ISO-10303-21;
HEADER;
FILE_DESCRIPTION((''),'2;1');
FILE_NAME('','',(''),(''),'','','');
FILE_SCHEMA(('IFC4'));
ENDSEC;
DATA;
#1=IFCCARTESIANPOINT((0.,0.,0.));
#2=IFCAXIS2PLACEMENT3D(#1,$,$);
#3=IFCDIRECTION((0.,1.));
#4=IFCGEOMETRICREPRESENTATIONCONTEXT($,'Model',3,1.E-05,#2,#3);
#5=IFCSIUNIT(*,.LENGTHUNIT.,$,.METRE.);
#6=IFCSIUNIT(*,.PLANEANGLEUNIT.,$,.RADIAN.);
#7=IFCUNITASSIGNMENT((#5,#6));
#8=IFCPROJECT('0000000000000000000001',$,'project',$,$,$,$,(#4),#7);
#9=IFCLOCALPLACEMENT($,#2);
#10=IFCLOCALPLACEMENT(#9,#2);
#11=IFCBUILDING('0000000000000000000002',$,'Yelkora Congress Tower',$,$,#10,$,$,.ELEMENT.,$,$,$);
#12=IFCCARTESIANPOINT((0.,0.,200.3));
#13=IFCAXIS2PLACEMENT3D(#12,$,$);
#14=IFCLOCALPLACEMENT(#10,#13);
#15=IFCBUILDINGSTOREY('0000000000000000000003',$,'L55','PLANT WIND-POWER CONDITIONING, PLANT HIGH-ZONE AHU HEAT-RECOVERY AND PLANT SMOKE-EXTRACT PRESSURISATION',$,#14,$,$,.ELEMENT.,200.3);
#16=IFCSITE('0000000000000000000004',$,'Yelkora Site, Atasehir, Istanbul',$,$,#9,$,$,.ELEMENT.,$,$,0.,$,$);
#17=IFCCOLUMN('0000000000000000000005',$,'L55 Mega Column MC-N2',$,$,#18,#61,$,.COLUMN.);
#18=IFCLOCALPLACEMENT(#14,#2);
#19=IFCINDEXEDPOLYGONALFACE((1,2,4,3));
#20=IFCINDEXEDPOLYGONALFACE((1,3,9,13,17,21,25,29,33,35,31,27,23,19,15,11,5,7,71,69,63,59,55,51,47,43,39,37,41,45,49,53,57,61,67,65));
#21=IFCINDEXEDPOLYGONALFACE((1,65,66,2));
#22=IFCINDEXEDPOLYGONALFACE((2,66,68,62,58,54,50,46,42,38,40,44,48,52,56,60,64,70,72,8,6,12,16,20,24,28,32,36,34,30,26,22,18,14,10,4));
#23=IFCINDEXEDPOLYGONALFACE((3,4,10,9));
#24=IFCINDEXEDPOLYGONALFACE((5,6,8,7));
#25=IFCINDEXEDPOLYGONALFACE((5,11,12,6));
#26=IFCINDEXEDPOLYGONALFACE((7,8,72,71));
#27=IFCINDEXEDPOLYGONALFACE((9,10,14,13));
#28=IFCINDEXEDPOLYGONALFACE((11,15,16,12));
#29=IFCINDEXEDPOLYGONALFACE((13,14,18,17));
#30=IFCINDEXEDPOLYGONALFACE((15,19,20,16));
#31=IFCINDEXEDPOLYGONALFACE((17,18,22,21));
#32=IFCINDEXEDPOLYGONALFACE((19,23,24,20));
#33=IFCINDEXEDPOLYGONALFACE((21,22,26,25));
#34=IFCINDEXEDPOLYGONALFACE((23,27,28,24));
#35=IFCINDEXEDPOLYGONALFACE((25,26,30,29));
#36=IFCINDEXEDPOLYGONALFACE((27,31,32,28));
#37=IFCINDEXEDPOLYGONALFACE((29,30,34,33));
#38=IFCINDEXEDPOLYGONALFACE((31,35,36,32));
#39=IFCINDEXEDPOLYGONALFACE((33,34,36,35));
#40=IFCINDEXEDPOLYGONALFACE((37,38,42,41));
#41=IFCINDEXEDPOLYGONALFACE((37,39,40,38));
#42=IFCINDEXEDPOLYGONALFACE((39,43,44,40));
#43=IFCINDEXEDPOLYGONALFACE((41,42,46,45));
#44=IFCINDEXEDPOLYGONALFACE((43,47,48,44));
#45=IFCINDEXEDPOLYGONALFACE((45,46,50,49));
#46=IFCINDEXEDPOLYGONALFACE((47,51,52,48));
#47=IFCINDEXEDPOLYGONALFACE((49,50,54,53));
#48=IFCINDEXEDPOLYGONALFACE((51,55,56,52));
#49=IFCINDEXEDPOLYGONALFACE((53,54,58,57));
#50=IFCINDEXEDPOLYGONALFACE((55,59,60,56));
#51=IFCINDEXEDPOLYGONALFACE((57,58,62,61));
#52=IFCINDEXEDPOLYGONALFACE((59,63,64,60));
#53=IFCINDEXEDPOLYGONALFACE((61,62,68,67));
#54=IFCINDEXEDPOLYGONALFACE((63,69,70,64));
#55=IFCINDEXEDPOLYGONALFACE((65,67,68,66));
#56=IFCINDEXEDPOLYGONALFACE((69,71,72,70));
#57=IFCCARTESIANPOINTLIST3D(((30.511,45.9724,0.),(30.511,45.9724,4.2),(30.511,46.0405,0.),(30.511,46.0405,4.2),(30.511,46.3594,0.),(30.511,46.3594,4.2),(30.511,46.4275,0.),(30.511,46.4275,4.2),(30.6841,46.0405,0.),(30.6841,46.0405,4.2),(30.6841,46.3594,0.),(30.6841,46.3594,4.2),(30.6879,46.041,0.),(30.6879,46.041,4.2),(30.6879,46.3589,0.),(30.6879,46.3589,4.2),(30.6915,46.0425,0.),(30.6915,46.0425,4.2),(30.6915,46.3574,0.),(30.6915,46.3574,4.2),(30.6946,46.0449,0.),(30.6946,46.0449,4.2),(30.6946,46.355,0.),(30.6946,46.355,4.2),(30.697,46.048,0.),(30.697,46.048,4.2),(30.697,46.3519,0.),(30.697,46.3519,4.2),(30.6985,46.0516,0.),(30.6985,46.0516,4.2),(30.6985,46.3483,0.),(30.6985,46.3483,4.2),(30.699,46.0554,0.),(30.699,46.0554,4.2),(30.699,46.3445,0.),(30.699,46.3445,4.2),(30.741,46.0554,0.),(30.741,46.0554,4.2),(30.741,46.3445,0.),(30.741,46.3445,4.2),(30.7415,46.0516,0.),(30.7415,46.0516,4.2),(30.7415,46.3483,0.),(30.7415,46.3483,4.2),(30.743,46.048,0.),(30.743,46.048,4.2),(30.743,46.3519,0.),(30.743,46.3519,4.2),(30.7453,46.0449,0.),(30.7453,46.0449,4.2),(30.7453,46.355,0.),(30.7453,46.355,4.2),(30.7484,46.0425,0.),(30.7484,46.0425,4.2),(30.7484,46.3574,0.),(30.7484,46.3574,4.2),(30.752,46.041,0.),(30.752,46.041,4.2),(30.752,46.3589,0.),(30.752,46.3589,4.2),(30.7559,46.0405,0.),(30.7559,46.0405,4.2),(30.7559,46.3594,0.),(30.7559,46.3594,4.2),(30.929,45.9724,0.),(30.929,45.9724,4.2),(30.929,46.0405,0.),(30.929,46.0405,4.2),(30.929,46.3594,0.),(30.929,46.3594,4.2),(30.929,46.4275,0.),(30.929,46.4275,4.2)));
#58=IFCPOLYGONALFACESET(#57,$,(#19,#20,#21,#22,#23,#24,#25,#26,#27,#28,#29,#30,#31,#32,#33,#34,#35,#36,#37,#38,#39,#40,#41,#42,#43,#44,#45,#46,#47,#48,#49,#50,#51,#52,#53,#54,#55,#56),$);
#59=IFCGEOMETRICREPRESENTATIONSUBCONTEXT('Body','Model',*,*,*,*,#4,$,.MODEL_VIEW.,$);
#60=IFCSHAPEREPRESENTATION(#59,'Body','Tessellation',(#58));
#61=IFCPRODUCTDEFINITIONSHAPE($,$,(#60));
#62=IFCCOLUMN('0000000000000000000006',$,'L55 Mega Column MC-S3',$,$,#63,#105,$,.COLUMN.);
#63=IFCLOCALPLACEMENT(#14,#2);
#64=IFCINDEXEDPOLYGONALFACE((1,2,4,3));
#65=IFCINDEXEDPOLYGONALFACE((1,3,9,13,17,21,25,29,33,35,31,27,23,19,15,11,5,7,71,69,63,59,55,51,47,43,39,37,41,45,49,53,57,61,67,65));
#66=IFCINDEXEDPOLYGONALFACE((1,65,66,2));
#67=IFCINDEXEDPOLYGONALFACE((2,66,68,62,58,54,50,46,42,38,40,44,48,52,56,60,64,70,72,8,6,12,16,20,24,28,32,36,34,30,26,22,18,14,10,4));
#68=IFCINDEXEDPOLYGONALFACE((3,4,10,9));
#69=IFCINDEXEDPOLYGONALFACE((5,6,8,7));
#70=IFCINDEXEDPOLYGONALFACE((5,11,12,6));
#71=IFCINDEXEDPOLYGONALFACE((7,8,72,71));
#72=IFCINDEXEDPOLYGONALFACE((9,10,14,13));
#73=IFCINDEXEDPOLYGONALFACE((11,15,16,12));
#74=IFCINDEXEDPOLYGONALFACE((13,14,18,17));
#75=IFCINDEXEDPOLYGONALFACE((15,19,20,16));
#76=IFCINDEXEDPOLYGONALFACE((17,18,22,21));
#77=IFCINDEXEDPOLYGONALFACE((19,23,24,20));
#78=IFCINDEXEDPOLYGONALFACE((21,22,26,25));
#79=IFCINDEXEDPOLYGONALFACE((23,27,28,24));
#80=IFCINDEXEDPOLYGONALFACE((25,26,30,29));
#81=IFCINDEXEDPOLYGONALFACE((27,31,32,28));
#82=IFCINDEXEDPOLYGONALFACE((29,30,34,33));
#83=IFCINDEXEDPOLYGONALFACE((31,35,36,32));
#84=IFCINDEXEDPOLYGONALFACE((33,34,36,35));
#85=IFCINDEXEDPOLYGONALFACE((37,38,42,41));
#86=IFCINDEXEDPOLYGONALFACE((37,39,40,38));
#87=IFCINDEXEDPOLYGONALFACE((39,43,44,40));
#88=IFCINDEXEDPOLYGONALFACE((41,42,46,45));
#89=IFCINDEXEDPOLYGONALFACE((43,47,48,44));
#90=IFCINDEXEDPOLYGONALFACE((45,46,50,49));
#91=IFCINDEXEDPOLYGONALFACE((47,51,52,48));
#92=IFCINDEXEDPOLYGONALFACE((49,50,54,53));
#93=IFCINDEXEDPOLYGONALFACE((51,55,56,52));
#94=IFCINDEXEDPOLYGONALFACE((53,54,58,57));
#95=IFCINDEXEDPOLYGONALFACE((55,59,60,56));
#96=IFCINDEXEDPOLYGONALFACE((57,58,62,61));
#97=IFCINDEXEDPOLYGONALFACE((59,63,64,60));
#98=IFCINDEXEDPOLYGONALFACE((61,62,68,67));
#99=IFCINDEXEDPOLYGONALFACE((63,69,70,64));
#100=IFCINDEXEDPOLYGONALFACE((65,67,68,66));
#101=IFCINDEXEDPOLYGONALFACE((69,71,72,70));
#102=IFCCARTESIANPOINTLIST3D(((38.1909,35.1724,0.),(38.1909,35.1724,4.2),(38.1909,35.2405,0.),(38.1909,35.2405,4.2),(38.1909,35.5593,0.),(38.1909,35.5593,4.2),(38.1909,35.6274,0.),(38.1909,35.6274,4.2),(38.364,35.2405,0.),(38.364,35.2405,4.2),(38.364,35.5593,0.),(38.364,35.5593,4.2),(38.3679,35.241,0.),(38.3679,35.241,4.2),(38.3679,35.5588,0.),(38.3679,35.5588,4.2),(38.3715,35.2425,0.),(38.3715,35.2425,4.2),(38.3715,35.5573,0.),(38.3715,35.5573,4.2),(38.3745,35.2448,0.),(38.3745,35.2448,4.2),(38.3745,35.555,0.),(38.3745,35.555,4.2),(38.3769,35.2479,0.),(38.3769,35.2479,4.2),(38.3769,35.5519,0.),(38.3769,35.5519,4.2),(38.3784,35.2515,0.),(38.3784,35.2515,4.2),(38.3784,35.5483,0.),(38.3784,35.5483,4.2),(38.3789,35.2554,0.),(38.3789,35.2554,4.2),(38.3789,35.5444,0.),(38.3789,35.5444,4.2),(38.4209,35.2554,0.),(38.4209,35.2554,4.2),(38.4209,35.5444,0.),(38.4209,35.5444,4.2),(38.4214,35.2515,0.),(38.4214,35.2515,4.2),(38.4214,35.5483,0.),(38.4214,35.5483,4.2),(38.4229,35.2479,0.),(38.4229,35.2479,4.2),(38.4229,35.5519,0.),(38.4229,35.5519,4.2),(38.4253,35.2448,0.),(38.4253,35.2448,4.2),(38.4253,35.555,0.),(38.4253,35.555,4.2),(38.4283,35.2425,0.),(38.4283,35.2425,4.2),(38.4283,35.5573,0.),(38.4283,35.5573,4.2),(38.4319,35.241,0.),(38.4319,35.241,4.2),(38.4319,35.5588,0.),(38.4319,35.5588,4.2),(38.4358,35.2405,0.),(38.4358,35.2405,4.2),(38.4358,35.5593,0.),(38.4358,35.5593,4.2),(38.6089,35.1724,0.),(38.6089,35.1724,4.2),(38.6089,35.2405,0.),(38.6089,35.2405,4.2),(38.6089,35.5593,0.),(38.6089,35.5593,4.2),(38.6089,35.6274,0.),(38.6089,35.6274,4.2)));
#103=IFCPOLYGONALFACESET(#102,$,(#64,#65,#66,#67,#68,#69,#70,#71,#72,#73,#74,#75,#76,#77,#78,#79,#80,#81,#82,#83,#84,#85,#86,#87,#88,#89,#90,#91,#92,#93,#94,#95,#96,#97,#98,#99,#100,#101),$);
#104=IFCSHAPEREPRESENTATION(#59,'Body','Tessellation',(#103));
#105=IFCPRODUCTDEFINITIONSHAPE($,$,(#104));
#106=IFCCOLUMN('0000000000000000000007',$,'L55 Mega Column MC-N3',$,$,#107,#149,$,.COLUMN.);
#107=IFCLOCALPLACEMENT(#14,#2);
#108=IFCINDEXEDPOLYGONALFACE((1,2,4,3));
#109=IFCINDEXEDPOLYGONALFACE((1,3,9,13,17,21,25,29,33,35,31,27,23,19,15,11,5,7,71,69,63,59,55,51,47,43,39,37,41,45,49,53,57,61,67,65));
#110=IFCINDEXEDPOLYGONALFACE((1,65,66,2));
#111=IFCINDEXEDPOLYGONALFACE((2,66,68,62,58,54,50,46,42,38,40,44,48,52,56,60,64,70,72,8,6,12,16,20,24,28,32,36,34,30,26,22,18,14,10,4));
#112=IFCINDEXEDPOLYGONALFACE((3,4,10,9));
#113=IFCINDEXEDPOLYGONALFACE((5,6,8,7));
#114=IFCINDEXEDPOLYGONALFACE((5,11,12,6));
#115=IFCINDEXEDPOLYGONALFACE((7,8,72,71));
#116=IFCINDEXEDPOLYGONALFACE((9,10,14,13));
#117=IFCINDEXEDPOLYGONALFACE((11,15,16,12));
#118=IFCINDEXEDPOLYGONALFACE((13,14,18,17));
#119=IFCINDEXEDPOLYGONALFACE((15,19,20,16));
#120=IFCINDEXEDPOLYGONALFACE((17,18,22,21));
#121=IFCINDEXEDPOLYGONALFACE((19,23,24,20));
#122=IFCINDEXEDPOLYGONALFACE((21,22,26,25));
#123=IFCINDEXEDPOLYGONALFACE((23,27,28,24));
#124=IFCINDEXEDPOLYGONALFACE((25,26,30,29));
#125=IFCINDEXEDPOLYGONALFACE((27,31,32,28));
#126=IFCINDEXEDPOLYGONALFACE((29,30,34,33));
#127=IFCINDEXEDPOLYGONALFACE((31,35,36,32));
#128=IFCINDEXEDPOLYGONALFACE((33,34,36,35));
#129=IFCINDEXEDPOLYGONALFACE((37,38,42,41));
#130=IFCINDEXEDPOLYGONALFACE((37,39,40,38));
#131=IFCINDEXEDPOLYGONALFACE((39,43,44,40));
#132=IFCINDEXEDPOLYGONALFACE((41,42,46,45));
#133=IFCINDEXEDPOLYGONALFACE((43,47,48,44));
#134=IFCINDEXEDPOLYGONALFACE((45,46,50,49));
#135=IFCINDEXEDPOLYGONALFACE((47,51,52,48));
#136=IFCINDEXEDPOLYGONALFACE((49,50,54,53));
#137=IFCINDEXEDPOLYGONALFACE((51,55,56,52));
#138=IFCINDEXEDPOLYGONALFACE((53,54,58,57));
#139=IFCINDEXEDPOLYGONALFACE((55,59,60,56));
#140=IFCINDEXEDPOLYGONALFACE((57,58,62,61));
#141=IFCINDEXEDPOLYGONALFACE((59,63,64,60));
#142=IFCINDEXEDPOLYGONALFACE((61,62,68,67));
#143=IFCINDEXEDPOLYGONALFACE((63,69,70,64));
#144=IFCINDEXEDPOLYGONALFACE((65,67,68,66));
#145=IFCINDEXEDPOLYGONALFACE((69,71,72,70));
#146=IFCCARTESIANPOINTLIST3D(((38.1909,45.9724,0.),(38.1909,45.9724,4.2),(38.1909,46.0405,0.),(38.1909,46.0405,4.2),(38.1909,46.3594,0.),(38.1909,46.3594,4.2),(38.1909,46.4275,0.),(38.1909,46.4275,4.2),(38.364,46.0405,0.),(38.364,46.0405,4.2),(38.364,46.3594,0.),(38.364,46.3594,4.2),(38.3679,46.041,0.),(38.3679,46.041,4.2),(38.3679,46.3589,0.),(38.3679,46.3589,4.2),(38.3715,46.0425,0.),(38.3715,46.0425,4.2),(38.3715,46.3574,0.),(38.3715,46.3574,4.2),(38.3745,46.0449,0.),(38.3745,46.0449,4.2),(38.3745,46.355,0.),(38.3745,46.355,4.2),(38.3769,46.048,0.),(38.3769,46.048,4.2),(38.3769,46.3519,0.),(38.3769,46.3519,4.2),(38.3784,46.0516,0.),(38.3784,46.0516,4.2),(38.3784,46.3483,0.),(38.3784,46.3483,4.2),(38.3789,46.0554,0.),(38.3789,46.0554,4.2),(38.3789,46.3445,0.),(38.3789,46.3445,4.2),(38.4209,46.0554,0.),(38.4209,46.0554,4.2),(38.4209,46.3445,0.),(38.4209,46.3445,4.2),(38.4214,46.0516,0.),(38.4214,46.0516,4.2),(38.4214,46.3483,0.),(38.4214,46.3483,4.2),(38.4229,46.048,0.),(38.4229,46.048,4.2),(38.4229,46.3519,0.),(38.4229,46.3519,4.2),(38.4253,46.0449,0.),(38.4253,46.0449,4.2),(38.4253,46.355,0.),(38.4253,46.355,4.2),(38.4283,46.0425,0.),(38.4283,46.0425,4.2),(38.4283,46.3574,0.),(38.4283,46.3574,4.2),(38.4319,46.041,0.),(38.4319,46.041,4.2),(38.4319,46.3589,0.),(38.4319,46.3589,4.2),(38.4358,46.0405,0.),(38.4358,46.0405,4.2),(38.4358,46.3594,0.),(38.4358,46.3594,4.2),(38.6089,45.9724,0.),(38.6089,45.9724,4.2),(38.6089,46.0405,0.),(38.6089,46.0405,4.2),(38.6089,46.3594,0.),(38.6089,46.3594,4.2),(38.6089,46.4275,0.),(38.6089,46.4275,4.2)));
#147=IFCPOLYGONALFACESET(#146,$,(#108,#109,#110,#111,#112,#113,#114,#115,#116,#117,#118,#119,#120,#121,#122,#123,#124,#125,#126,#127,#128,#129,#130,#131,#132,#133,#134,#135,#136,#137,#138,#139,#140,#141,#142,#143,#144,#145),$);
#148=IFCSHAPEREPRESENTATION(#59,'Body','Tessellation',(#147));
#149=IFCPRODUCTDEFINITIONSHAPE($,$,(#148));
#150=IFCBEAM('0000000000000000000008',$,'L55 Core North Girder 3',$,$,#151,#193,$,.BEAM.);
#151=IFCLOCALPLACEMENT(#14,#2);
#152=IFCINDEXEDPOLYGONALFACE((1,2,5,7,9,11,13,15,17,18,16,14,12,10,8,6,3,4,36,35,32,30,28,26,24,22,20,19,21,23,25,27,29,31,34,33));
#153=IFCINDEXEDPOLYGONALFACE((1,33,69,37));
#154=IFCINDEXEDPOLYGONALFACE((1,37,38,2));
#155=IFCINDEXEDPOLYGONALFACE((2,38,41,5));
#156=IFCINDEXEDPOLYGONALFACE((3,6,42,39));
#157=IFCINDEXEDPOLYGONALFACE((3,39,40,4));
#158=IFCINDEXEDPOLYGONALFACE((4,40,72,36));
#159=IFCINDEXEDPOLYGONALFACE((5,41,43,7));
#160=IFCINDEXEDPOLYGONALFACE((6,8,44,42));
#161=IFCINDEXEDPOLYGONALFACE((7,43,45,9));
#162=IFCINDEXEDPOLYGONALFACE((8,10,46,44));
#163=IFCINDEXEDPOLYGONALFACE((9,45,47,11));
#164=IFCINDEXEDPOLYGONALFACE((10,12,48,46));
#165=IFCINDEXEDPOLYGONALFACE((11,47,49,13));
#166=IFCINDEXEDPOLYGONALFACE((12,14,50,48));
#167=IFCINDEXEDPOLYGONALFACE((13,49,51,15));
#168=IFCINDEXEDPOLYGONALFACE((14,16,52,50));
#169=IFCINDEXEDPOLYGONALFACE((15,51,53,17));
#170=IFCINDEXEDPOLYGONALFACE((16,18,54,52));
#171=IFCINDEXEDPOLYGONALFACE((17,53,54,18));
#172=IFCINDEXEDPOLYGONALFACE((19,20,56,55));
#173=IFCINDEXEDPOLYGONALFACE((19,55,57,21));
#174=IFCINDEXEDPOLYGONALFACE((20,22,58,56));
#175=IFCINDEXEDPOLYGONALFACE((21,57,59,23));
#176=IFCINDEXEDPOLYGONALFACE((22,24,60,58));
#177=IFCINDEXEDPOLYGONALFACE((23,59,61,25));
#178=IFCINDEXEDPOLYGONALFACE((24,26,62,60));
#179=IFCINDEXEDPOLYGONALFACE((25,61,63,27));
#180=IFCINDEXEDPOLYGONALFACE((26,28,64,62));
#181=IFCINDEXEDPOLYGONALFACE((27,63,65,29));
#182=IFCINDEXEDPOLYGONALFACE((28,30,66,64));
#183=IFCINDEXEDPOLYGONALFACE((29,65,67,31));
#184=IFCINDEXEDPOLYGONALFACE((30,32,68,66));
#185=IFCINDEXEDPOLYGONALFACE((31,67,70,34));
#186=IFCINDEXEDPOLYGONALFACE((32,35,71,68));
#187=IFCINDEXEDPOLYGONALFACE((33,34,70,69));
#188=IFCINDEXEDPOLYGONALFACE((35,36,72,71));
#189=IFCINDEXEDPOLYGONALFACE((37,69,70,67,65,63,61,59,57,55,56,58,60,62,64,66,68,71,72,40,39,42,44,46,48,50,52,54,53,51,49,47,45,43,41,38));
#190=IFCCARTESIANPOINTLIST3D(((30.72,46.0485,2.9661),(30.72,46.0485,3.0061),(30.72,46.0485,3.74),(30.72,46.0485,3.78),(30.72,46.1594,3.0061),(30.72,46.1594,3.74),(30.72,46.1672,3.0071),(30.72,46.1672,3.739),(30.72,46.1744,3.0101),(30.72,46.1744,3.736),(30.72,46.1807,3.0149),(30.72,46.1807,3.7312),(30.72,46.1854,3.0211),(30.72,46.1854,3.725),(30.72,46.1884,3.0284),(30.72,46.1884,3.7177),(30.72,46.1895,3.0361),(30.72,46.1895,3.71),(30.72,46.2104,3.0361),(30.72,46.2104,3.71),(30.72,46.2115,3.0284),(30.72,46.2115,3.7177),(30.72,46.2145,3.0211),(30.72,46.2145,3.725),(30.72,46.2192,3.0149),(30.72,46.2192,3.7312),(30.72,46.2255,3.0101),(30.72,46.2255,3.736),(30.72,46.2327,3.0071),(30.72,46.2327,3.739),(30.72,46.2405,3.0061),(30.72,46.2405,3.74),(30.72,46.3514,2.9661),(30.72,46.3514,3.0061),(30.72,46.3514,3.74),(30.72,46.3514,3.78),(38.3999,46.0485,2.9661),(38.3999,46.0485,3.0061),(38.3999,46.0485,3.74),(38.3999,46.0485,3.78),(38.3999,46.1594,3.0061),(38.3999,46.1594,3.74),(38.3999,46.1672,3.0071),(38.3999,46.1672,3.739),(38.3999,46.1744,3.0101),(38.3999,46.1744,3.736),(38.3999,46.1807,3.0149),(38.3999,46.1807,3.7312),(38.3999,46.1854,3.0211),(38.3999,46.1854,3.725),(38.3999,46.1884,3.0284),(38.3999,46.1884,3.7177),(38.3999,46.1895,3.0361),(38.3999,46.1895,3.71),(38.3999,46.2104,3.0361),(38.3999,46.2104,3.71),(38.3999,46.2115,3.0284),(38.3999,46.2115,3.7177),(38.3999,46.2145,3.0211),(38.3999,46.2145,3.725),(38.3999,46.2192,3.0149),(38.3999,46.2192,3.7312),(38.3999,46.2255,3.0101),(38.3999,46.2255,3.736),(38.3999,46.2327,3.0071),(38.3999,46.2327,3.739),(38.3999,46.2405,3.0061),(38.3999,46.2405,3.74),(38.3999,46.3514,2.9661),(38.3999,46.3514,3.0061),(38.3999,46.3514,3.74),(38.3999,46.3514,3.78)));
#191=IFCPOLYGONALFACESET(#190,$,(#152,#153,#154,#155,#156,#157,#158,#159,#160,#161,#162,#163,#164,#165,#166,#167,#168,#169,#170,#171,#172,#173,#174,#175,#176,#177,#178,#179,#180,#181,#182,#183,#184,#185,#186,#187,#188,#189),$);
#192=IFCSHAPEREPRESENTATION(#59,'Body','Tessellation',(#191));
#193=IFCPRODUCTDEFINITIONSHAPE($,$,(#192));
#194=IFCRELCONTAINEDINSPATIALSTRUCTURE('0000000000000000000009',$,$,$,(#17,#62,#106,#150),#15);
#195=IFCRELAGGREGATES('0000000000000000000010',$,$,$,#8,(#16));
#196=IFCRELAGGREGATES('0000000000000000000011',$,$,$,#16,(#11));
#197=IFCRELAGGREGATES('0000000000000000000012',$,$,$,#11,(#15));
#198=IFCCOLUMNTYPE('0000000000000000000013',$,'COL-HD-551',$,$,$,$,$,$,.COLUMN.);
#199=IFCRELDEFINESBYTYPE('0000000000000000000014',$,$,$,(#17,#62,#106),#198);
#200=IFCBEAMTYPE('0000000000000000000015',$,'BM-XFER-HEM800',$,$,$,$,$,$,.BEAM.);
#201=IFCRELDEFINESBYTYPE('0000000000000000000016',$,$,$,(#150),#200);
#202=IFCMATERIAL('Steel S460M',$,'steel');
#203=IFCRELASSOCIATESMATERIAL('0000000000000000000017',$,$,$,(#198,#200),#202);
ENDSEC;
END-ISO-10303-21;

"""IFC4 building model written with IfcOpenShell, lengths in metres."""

from ifc_helpers import new_model, si_unit, direction, frame, origin, origin_2d, place, context, subcontext, project, spatial, i_section, extrude, material, material_profile, profile_set, type_object, element, save


model = new_model("IFC4")

# Units and contexts
model_context = context("Model", 3, precision=1e-05, world=origin(), true_north=direction((0.0, 1.0)))
body_context = subcontext(model_context, "Body", "Model", "MODEL_VIEW")
ifc_project = project(units=[si_unit("LENGTHUNIT", "METRE"), si_unit("PLANEANGLEUNIT", "RADIAN")], contexts=[model_context])

# Site, building, storey
site_placement = place(None, origin())
site = spatial("IfcSite", under=ifc_project, at=site_placement, Name="Yelkora Site, Atasehir, Istanbul", CompositionType="ELEMENT", RefElevation=0.0)
building_placement = place(site_placement, origin())
building = spatial("IfcBuilding", under=site, at=building_placement, Name="Yelkora Congress Tower", CompositionType="ELEMENT")
storey_placement = place(building_placement, frame((0.0, 0.0, 200.3)))
storey = spatial("IfcBuildingStorey", under=building, at=storey_placement, Name="L55", Description="PLANT WIND-POWER CONDITIONING, PLANT HIGH-ZONE AHU HEAT-RECOVERY AND PLANT SMOKE-EXTRACT PRESSURISATION", CompositionType="ELEMENT", Elevation=200.3)

# Columns
ifc_material_1 = material(Name="Steel S460M", Category="steel")
ifc_material_profile_1 = material_profile(ifc_material_1, i_section(OverallWidth=0.418, OverallDepth=0.4551, WebThickness=0.042, FlangeThickness=0.0681, FilletRadius=0.0149, at=origin_2d()), Name="HD 400x551")
ifc_profile_set_1 = profile_set([ifc_material_profile_1], Name="Steel S460M")
column_type = type_object("IfcColumnType", Name="COL-HD-551", PredefinedType="COLUMN", material=ifc_profile_set_1)
for number, where, z_axis, x_axis, name in (
    (1, (30.72, 46.2, 0.0), (0.0, 0.0, 1.0), (1.0, 0.0, 0.0), "L55 Mega Column MC-N2"),
    (2, (38.3999, 35.3999, 0.0), (0.0, 0.0, 1.0), (1.0, 0.0, 0.0), "L55 Mega Column MC-S3"),
    (3, (38.3999, 46.2, 0.0), (0.0, 0.0, 1.0), (1.0, 0.0, 0.0), "L55 Mega Column MC-N3"),
):
    element("IfcColumn", number, at=place(storey_placement, frame(where, z_axis=z_axis, x_axis=x_axis)), inside=storey, type_object=column_type, Name=name, PredefinedType="COLUMN", context=body_context, shape_type="SweptSolid", body=[
        extrude(i_section(OverallWidth=0.418, OverallDepth=0.4551, WebThickness=0.042, FlangeThickness=0.0681, FilletRadius=0.0149, at=origin_2d()), origin(), (0.0, 0.0, 1.0), 4.2),
    ])

# Beam
ifc_material_profile_2 = material_profile(ifc_material_1, i_section(OverallWidth=0.303, OverallDepth=0.814, WebThickness=0.021, FlangeThickness=0.04, FilletRadius=0.03, at=origin_2d()), Name="HEM 800")
ifc_profile_set_2 = profile_set([ifc_material_profile_2], Name="Steel S460M")
beam_type = type_object("IfcBeamType", Name="BM-XFER-HEM800", PredefinedType="BEAM", material=ifc_profile_set_2)
beam_placement = place(storey_placement, frame((30.72, 46.2, 3.373), z_axis=(1.0, 0.0, 0.0), x_axis=(0.0, 1.0, 0.0)))
element("IfcBeam", 4, at=beam_placement, inside=storey, type_object=beam_type, Name="L55 Core North Girder 3", PredefinedType="BEAM", context=body_context, shape_type="SweptSolid", body=[
    extrude(i_section(OverallWidth=0.303, OverallDepth=0.814, WebThickness=0.021, FlangeThickness=0.04, FilletRadius=0.03, at=origin_2d()), origin(), (0.0, 0.0, 1.0), 7.6799),
])

save(model, "model.ifc")
